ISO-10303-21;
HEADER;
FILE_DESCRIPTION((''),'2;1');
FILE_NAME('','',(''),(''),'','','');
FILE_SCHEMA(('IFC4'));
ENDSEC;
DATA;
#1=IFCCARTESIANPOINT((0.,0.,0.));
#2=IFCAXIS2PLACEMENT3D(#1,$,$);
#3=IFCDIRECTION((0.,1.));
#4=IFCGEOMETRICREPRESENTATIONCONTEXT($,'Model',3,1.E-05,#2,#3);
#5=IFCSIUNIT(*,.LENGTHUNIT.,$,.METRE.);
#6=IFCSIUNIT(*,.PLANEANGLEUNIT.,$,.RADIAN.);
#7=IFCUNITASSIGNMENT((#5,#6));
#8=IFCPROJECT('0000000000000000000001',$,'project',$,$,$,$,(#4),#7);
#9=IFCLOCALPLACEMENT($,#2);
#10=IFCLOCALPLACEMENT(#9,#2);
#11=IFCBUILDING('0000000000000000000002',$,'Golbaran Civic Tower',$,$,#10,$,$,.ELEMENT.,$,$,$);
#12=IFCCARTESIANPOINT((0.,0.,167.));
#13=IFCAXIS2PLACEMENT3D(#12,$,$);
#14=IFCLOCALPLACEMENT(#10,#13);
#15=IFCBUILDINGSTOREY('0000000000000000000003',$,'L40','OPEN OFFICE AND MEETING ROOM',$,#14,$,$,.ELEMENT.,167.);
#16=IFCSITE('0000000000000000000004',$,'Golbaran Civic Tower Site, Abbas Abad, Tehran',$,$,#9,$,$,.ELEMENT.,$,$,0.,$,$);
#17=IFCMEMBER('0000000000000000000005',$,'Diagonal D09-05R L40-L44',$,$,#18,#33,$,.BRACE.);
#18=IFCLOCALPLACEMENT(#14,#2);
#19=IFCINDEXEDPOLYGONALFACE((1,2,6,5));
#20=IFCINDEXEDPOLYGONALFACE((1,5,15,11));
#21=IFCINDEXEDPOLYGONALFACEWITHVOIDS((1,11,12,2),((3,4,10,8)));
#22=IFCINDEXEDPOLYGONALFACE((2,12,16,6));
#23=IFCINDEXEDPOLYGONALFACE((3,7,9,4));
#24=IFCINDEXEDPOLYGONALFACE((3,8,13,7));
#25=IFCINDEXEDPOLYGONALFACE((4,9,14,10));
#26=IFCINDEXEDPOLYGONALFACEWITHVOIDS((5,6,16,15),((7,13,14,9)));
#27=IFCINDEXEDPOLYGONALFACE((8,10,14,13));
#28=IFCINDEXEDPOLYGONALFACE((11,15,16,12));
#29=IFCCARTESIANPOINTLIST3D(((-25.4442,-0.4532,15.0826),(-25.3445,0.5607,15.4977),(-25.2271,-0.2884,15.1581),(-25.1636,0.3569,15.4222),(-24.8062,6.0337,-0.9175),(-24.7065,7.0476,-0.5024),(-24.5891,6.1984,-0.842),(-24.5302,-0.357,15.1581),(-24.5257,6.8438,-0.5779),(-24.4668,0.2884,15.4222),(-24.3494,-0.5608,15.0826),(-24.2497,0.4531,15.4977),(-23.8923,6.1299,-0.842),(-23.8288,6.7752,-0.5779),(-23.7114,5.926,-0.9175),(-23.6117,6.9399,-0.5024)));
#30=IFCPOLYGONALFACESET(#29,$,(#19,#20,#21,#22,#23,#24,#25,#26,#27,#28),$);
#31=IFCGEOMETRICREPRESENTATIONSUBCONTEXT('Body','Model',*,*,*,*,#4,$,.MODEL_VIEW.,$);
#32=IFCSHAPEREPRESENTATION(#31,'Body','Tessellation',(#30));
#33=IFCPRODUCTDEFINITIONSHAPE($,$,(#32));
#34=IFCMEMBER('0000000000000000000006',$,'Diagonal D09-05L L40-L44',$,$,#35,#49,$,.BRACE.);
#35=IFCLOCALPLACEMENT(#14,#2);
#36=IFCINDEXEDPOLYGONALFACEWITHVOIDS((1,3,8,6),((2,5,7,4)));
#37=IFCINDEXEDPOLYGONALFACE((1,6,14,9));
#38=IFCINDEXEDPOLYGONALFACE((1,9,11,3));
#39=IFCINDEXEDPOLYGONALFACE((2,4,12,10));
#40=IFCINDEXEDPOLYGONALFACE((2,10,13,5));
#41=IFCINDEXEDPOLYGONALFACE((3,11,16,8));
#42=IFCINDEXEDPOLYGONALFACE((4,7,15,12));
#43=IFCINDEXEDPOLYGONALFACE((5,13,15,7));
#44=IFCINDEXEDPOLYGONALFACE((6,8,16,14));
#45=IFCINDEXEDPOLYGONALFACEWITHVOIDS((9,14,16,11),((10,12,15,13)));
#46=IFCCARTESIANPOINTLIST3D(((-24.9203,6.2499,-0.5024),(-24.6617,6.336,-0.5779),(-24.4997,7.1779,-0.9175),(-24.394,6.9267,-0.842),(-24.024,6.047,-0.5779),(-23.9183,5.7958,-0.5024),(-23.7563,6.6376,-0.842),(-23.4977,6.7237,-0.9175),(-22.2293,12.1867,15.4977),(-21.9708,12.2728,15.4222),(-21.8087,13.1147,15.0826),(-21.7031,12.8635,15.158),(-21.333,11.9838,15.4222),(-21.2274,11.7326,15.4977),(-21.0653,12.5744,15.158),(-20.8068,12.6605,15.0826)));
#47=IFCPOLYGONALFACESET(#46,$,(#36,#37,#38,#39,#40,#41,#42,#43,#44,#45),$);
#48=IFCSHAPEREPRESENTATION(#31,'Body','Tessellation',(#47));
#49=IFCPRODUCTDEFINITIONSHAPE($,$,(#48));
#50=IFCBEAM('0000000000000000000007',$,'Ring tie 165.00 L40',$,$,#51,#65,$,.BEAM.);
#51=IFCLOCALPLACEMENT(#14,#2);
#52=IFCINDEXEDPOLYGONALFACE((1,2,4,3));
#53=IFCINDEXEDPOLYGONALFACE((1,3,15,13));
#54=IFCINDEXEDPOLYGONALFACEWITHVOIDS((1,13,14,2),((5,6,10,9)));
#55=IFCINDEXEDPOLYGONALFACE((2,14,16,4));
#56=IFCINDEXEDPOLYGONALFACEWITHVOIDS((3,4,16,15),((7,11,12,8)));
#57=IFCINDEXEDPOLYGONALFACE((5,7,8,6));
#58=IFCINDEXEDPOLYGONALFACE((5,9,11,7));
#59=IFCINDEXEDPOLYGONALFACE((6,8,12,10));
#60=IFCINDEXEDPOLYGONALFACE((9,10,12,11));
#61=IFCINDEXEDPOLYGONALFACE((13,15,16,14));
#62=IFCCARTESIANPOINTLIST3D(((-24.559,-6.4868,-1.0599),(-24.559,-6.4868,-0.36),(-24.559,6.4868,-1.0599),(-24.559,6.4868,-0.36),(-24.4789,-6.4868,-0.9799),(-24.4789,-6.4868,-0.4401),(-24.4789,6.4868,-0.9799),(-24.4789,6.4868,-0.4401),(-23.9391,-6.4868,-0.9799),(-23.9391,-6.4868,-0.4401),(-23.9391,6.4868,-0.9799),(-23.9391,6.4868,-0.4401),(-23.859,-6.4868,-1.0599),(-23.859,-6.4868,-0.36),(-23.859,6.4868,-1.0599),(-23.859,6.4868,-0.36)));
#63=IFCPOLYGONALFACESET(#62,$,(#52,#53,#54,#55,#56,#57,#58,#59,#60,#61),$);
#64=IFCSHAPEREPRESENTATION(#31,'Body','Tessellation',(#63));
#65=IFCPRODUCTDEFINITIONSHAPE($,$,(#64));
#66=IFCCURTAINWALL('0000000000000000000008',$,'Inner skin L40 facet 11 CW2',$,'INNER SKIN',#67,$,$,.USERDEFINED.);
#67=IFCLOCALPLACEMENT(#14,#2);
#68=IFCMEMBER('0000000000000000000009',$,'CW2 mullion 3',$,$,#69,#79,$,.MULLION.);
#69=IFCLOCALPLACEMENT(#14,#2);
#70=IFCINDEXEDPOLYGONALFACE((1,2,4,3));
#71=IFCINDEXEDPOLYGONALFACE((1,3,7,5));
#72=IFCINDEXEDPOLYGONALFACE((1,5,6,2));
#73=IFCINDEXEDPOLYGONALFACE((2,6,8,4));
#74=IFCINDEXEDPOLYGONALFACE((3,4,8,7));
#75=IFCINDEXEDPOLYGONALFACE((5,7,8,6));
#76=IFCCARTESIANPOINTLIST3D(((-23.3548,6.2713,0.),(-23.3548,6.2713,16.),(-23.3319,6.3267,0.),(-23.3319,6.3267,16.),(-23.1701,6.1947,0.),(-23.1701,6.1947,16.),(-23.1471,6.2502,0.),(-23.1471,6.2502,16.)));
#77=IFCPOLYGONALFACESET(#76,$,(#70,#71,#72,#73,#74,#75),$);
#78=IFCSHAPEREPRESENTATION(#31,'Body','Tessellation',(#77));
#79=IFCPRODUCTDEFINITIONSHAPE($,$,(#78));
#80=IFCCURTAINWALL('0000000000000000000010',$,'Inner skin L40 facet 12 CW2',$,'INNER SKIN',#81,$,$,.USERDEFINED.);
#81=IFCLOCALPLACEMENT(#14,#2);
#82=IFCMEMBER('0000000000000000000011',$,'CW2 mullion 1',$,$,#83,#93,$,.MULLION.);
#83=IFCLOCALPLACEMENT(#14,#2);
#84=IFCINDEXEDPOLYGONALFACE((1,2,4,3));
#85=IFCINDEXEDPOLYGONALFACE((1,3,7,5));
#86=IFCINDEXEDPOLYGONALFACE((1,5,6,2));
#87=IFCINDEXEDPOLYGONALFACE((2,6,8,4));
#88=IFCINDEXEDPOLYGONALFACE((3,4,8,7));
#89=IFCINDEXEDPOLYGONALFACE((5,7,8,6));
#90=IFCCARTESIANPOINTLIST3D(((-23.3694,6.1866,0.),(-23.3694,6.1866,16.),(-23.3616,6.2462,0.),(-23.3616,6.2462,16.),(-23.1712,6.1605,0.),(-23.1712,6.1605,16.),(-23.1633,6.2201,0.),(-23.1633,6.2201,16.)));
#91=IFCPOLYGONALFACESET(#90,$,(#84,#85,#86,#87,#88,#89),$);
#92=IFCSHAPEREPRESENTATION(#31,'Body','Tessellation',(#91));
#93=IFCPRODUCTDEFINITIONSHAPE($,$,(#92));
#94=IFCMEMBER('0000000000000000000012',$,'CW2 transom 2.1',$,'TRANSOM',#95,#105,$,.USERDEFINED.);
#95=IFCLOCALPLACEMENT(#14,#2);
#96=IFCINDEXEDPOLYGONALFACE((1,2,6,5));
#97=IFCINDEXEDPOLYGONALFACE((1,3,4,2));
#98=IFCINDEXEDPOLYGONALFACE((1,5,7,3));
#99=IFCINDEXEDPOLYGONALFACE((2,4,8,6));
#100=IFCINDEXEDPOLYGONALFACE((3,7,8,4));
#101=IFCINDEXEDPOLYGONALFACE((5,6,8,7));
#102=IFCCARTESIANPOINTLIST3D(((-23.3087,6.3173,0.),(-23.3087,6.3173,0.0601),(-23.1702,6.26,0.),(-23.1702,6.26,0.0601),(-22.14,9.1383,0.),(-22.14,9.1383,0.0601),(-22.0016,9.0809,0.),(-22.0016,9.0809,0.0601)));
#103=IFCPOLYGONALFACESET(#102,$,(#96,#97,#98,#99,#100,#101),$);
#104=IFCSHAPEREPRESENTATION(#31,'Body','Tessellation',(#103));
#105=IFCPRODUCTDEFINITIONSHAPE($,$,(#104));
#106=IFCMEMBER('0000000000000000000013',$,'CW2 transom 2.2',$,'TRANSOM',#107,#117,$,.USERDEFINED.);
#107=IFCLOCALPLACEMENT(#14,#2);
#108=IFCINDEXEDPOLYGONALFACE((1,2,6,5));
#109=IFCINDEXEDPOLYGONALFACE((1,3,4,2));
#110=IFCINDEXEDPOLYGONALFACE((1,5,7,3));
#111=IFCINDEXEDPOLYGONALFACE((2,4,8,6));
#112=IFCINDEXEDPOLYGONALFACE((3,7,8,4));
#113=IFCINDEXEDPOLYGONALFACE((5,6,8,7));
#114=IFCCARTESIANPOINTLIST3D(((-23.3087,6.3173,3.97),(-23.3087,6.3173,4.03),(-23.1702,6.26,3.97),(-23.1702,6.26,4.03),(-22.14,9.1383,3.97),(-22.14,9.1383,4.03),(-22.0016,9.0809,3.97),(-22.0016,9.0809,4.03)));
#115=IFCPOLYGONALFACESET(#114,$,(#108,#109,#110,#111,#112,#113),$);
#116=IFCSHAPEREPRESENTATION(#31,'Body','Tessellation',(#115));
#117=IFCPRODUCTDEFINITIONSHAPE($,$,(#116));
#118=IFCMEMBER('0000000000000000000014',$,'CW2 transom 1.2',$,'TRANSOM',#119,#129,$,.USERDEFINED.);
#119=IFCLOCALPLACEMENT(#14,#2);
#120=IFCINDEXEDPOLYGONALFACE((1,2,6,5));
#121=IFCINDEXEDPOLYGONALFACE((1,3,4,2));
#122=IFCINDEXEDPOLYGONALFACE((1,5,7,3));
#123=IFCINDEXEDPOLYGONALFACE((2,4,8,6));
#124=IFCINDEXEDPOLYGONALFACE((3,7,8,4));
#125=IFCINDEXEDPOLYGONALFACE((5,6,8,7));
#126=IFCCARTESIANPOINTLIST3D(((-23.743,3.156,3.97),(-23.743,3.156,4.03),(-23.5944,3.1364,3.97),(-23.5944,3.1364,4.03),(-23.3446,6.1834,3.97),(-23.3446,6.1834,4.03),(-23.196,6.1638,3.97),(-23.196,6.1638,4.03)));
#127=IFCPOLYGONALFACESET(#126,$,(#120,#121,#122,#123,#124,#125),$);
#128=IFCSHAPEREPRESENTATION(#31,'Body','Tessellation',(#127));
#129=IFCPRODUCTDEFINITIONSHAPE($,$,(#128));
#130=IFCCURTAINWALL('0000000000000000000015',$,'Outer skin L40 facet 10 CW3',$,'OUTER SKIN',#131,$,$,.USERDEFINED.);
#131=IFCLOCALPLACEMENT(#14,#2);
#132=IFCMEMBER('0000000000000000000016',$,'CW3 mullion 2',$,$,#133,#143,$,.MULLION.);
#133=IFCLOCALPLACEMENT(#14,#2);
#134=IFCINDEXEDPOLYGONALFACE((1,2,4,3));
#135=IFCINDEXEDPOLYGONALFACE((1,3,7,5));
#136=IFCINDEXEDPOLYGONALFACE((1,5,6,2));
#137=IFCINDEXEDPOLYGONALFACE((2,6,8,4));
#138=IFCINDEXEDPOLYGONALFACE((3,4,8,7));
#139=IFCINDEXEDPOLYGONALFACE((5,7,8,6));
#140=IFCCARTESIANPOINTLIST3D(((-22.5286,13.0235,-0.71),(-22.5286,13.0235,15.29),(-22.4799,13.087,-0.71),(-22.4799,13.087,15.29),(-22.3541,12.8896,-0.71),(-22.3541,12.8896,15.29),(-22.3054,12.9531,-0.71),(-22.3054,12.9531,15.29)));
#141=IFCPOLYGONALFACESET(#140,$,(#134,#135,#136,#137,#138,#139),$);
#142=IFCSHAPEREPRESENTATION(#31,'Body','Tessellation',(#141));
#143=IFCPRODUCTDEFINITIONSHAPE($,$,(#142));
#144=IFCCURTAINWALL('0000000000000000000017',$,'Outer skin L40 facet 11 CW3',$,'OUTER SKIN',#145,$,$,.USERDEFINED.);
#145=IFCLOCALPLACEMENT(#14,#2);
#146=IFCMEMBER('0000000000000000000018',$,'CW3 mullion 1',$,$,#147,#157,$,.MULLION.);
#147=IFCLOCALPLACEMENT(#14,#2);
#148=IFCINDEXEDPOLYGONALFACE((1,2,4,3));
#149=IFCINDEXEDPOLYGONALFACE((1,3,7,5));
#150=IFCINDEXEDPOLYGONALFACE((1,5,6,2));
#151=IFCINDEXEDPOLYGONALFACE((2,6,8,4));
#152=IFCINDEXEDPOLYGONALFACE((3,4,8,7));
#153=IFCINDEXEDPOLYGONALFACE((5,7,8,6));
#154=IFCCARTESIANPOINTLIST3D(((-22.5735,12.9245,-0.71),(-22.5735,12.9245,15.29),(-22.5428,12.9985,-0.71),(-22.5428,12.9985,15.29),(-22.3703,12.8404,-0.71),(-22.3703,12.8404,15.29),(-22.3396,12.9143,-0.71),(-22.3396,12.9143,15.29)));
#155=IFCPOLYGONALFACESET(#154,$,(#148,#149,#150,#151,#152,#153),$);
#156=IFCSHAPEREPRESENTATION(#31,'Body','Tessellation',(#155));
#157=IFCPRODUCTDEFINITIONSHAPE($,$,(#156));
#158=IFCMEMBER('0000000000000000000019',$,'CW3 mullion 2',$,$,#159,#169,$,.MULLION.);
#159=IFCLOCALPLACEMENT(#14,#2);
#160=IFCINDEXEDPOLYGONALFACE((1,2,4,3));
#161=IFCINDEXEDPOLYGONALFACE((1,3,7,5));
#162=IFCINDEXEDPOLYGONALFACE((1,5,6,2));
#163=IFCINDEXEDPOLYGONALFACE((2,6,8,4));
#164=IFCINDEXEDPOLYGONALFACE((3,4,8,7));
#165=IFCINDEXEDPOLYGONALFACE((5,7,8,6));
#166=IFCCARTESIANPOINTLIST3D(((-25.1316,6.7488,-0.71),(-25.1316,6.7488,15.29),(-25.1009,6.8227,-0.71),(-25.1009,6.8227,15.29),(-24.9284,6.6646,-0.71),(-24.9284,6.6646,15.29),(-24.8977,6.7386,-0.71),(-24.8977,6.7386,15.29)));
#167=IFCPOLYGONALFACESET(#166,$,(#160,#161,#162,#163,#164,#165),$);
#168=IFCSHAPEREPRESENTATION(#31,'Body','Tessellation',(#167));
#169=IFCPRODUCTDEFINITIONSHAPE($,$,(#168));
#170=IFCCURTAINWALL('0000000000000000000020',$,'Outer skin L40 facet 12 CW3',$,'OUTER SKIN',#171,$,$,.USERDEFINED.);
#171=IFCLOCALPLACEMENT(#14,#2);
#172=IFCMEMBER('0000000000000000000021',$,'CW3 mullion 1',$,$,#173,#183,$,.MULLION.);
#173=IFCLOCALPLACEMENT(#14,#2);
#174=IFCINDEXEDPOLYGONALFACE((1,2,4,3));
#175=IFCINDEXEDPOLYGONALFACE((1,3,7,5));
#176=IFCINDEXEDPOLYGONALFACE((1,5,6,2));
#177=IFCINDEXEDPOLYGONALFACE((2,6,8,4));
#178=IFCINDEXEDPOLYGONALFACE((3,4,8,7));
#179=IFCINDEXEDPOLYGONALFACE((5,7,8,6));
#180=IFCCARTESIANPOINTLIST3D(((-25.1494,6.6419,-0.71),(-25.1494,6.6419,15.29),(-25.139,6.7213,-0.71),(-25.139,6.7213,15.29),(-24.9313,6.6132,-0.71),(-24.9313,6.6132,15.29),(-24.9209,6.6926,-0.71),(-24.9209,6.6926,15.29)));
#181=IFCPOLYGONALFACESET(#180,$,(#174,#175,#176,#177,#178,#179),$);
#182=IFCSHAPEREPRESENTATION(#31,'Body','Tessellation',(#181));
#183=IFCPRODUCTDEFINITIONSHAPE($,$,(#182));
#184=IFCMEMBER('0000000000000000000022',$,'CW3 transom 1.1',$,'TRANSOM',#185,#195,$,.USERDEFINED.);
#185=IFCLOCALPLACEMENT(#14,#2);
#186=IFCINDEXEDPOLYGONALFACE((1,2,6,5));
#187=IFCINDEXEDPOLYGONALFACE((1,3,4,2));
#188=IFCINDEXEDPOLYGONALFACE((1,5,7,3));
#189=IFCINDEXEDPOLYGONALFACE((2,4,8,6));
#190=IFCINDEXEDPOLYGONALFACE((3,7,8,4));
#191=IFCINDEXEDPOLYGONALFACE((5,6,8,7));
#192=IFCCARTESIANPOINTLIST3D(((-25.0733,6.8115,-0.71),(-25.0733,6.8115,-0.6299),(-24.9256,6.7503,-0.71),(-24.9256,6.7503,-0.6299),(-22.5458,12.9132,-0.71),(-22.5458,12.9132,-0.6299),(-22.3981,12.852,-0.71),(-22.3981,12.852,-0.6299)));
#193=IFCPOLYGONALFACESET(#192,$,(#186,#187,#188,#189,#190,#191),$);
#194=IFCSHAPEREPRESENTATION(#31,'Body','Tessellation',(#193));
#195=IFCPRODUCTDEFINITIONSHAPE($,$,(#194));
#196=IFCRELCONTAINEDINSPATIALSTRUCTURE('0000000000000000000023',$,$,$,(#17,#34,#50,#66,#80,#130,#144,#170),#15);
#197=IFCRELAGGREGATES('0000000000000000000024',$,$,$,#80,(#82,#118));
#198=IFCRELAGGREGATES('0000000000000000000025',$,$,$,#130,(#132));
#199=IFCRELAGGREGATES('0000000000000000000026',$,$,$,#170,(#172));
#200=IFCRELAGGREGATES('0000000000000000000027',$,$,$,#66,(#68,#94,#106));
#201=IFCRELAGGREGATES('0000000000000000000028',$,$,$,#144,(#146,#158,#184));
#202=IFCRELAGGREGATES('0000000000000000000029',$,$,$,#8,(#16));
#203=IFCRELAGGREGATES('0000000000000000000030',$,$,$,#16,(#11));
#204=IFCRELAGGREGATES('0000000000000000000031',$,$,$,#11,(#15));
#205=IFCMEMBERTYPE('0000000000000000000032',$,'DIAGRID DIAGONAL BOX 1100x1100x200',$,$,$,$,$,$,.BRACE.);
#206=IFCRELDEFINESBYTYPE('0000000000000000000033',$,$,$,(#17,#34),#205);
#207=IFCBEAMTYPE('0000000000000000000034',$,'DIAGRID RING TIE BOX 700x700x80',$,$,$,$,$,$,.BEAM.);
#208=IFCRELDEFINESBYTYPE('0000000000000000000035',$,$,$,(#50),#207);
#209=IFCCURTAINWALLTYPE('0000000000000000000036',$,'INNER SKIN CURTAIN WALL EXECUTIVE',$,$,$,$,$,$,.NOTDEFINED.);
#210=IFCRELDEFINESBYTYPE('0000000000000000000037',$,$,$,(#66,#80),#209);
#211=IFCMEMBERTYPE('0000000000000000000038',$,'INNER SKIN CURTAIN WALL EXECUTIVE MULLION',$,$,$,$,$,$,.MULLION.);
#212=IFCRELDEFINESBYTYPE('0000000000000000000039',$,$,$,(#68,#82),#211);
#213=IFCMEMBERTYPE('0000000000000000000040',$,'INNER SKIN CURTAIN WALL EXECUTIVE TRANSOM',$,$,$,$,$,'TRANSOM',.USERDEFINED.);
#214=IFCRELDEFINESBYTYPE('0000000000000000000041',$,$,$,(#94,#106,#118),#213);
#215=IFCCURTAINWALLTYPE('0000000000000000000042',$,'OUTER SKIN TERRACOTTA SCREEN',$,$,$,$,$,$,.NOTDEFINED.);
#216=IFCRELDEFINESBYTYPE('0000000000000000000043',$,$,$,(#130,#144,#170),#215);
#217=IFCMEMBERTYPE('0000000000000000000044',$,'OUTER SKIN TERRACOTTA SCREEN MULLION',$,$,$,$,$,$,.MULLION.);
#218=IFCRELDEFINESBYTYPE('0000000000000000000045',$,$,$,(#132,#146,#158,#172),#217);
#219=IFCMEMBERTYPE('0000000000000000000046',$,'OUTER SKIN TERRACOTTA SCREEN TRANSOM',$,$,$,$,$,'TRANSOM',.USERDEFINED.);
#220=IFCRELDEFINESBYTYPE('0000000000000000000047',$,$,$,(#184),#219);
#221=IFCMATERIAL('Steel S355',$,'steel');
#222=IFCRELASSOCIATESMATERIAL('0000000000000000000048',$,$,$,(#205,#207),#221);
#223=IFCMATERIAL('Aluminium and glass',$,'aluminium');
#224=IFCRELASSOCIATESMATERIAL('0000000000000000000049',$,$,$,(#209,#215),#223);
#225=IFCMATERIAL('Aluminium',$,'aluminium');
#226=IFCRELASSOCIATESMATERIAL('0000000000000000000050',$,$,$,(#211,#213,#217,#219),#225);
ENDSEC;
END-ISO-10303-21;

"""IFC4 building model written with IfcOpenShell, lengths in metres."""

from ifc_helpers import new_model, si_unit, direction, frame, origin, origin_2d, place, context, subcontext, project, spatial, rectangle, hollow_rectangle, extrude, material, material_profile, profile_set, type_object, element, aggregate, save


model = new_model("IFC4")

# Units and contexts
model_context = context("Model", 3, precision=1e-05, world=origin(), true_north=direction((0.0, 1.0)))
body_context = subcontext(model_context, "Body", "Model", "MODEL_VIEW")
ifc_project = project(units=[si_unit("LENGTHUNIT", "METRE"), si_unit("PLANEANGLEUNIT", "RADIAN")], contexts=[model_context])

# Site, building, storey
site_placement = place(None, origin())
site = spatial("IfcSite", under=ifc_project, at=site_placement, Name="Golbaran Civic Tower Site, Abbas Abad, Tehran", CompositionType="ELEMENT", RefElevation=0.0)
building_placement = place(site_placement, origin())
building = spatial("IfcBuilding", under=site, at=building_placement, Name="Golbaran Civic Tower", CompositionType="ELEMENT")
storey_placement = place(building_placement, frame((0.0, 0.0, 167.0)))
storey = spatial("IfcBuildingStorey", under=building, at=storey_placement, Name="L40", Description="OPEN OFFICE AND MEETING ROOM", CompositionType="ELEMENT", Elevation=167.0)

# Members
ifc_material_1 = material(Name="Steel S355", Category="steel")
ifc_material_profile_1 = material_profile(ifc_material_1, hollow_rectangle(XDim=1.1001, YDim=1.1001, WallThickness=0.2, at=origin_2d()), Name="BOX 1100x1100x200")
ifc_profile_set_1 = profile_set([ifc_material_profile_1], Name="Steel S355")
member_type_1 = type_object("IfcMemberType", Name="DIAGRID DIAGONAL BOX 1100x1100x200", PredefinedType="BRACE", material=ifc_profile_set_1)
for number, where, z_axis, x_axis, name in (
    (1, (-24.209, 6.4868, -0.71), (-0.036925, -0.375465, 0.926101), (0.995199, -0.097872, 0.0), "Diagonal D09-05R L40-L44"),
    (2, (-24.209, 6.4868, -0.71), (0.155754, 0.343627, 0.9261), (-0.910806, 0.412835, 0.0), "Diagonal D09-05L L40-L44"),
):
    element("IfcMember", number, at=place(storey_placement, frame(where, z_axis=z_axis, x_axis=x_axis)), inside=storey, type_object=member_type_1, Name=name, PredefinedType="BRACE", context=body_context, shape_type="SweptSolid", body=[
        extrude(hollow_rectangle(XDim=1.1001, YDim=1.1001, WallThickness=0.2, at=origin_2d()), origin(), (0.0, 0.0, 1.0), 17.2769),
    ])

# Beam
ifc_material_profile_2 = material_profile(ifc_material_1, hollow_rectangle(XDim=0.7, YDim=0.7, WallThickness=0.0801, at=origin_2d()), Name="BOX 700x700x80")
ifc_profile_set_2 = profile_set([ifc_material_profile_2], Name="Steel S355")
beam_type = type_object("IfcBeamType", Name="DIAGRID RING TIE BOX 700x700x80", PredefinedType="BEAM", material=ifc_profile_set_2)
beam_placement = place(storey_placement, frame((-24.209, 6.4868, -0.71), z_axis=(0.0, -1.0, 0.0), x_axis=(1.0, 0.0, 0.0)))
element("IfcBeam", 3, at=beam_placement, inside=storey, type_object=beam_type, Name="Ring tie 165.00 L40", PredefinedType="BEAM", context=body_context, shape_type="SweptSolid", body=[
    extrude(hollow_rectangle(XDim=0.7, YDim=0.7, WallThickness=0.0801, at=origin_2d()), origin(), (0.0, 0.0, 1.0), 12.9736),
])

# Curtain walls, members
ifc_material_2 = material(Name="Aluminium and glass", Category="aluminium")
curtain_wall_type_1 = type_object("IfcCurtainWallType", Name="INNER SKIN CURTAIN WALL EXECUTIVE", PredefinedType="NOTDEFINED", material=ifc_material_2)
curtain_wall_1_placement = place(storey_placement, origin())
curtain_wall_1 = element("IfcCurtainWall", 4, at=curtain_wall_1_placement, inside=storey, type_object=curtain_wall_type_1, Name="Inner skin L40 facet 11 CW2", ObjectType="INNER SKIN", PredefinedType="USERDEFINED")
ifc_material_3 = material(Name="Aluminium", Category="aluminium")
ifc_material_profile_3 = material_profile(ifc_material_3, rectangle(XDim=0.2, YDim=0.0601, at=origin_2d()), Name="INNER SKIN CURTAIN WALL EXECUTIVE MULLION")
ifc_profile_set_3 = profile_set([ifc_material_profile_3], Name="Aluminium")
member_type_2 = type_object("IfcMemberType", Name="INNER SKIN CURTAIN WALL EXECUTIVE MULLION", PredefinedType="MULLION", material=ifc_profile_set_3)
member_1_placement = place(storey_placement, frame((-23.251, 6.2607, 0.0), z_axis=(0.0, 0.0, 1.0), x_axis=(0.92388, -0.382683, 0.0)))
member_1 = element("IfcMember", 5, at=member_1_placement, type_object=member_type_2, Name="CW2 mullion 3", PredefinedType="MULLION", context=body_context, shape_type="SweptSolid", body=[
    extrude(rectangle(XDim=0.2, YDim=0.0601, at=origin_2d()), origin(), (0.0, 0.0, 1.0), 16.0),
])
curtain_wall_2_placement = place(storey_placement, origin())
curtain_wall_2 = element("IfcCurtainWall", 6, at=curtain_wall_2_placement, inside=storey, type_object=curtain_wall_type_1, Name="Inner skin L40 facet 12 CW2", ObjectType="INNER SKIN", PredefinedType="USERDEFINED")
member_2_placement = place(storey_placement, frame((-23.2664, 6.2034, 0.0), z_axis=(0.0, 0.0, 1.0), x_axis=(0.991445, -0.130526, 0.0)))
member_2 = element("IfcMember", 7, at=member_2_placement, type_object=member_type_2, Name="CW2 mullion 1", PredefinedType="MULLION", context=body_context, shape_type="SweptSolid", body=[
    extrude(rectangle(XDim=0.2, YDim=0.0601, at=origin_2d()), origin(), (0.0, 0.0, 1.0), 16.0),
])

# Members
ifc_material_profile_4 = material_profile(ifc_material_3, rectangle(XDim=0.1499, YDim=0.0601, at=origin_2d()), Name="INNER SKIN CURTAIN WALL EXECUTIVE TRANSOM")
ifc_profile_set_4 = profile_set([ifc_material_profile_4], Name="Aluminium")
member_type_3 = type_object("IfcMemberType", Name="INNER SKIN CURTAIN WALL EXECUTIVE TRANSOM", ElementType="TRANSOM", PredefinedType="USERDEFINED", material=ifc_profile_set_4)
member_3_placement = place(storey_placement, frame((-22.0708, 9.1096, 0.03), z_axis=(-0.382735, -0.923858, 0.0), x_axis=(0.923858, -0.382735, 0.0)))
member_3 = element("IfcMember", 8, at=member_3_placement, type_object=member_type_3, Name="CW2 transom 2.1", ObjectType="TRANSOM", PredefinedType="USERDEFINED", context=body_context, shape_type="SweptSolid", body=[
    extrude(rectangle(XDim=0.1499, YDim=0.0601, at=origin_2d()), origin(), (0.0, 0.0, 1.0), 3.0535),
])
member_4_placement = place(storey_placement, frame((-22.0708, 9.1096, 4.0), z_axis=(-0.382735, -0.923858, 0.0), x_axis=(0.923858, -0.382735, 0.0)))
member_4 = element("IfcMember", 9, at=member_4_placement, type_object=member_type_3, Name="CW2 transom 2.2", ObjectType="TRANSOM", PredefinedType="USERDEFINED", context=body_context, shape_type="SweptSolid", body=[
    extrude(rectangle(XDim=0.1499, YDim=0.0601, at=origin_2d()), origin(), (0.0, 0.0, 1.0), 3.0535),
])
member_5_placement = place(storey_placement, frame((-23.2703, 6.1736, 4.0), z_axis=(-0.130488, -0.99145, 0.0), x_axis=(0.99145, -0.130488, 0.0)))
member_5 = element("IfcMember", 10, at=member_5_placement, type_object=member_type_3, Name="CW2 transom 1.2", ObjectType="TRANSOM", PredefinedType="USERDEFINED", context=body_context, shape_type="SweptSolid", body=[
    extrude(rectangle(XDim=0.1499, YDim=0.0601, at=origin_2d()), origin(), (0.0, 0.0, 1.0), 3.0535),
])
aggregate(curtain_wall_2, [member_2, member_5])

# Curtain wall, member
curtain_wall_type_2 = type_object("IfcCurtainWallType", Name="OUTER SKIN TERRACOTTA SCREEN", PredefinedType="NOTDEFINED", material=ifc_material_2)
curtain_wall_3_placement = place(storey_placement, origin())
curtain_wall_3 = element("IfcCurtainWall", 11, at=curtain_wall_3_placement, inside=storey, type_object=curtain_wall_type_2, Name="Outer skin L40 facet 10 CW3", ObjectType="OUTER SKIN", PredefinedType="USERDEFINED")
ifc_material_profile_5 = material_profile(ifc_material_3, rectangle(XDim=0.22, YDim=0.0801, at=origin_2d()), Name="OUTER SKIN TERRACOTTA SCREEN MULLION")
ifc_profile_set_5 = profile_set([ifc_material_profile_5], Name="Aluminium")
member_type_4 = type_object("IfcMemberType", Name="OUTER SKIN TERRACOTTA SCREEN MULLION", PredefinedType="MULLION", material=ifc_profile_set_5)
member_6_placement = place(storey_placement, frame((-22.417, 12.9883, -0.71), z_axis=(0.0, 0.0, 1.0), x_axis=(0.793353, -0.608761, 0.0)))
member_6 = element("IfcMember", 12, at=member_6_placement, type_object=member_type_4, Name="CW3 mullion 2", PredefinedType="MULLION", context=body_context, shape_type="SweptSolid", body=[
    extrude(rectangle(XDim=0.22, YDim=0.0801, at=origin_2d()), origin(), (0.0, 0.0, 1.0), 16.0),
])
aggregate(curtain_wall_3, [member_6])

# Curtain wall, members
curtain_wall_4_placement = place(storey_placement, origin())
curtain_wall_4 = element("IfcCurtainWall", 13, at=curtain_wall_4_placement, inside=storey, type_object=curtain_wall_type_2, Name="Outer skin L40 facet 11 CW3", ObjectType="OUTER SKIN", PredefinedType="USERDEFINED")
member_7_placement = place(storey_placement, frame((-22.4565, 12.9194, -0.71), z_axis=(0.0, 0.0, 1.0), x_axis=(0.92388, -0.382683, 0.0)))
member_7 = element("IfcMember", 14, at=member_7_placement, type_object=member_type_4, Name="CW3 mullion 1", PredefinedType="MULLION", context=body_context, shape_type="SweptSolid", body=[
    extrude(rectangle(XDim=0.22, YDim=0.0801, at=origin_2d()), origin(), (0.0, 0.0, 1.0), 16.0),
])
member_8_placement = place(storey_placement, frame((-25.0146, 6.7437, -0.71), z_axis=(0.0, 0.0, 1.0), x_axis=(0.92388, -0.382683, 0.0)))
member_8 = element("IfcMember", 15, at=member_8_placement, type_object=member_type_4, Name="CW3 mullion 2", PredefinedType="MULLION", context=body_context, shape_type="SweptSolid", body=[
    extrude(rectangle(XDim=0.22, YDim=0.0801, at=origin_2d()), origin(), (0.0, 0.0, 1.0), 16.0),
])

# Curtain wall, member
curtain_wall_5_placement = place(storey_placement, origin())
curtain_wall_5 = element("IfcCurtainWall", 16, at=curtain_wall_5_placement, inside=storey, type_object=curtain_wall_type_2, Name="Outer skin L40 facet 12 CW3", ObjectType="OUTER SKIN", PredefinedType="USERDEFINED")
member_9_placement = place(storey_placement, frame((-25.0352, 6.6672, -0.71), z_axis=(0.0, 0.0, 1.0), x_axis=(0.991445, -0.130526, 0.0)))
member_9 = element("IfcMember", 17, at=member_9_placement, type_object=member_type_4, Name="CW3 mullion 1", PredefinedType="MULLION", context=body_context, shape_type="SweptSolid", body=[
    extrude(rectangle(XDim=0.22, YDim=0.0801, at=origin_2d()), origin(), (0.0, 0.0, 1.0), 16.0),
])

# Member
ifc_material_profile_6 = material_profile(ifc_material_3, rectangle(XDim=0.1599, YDim=0.0801, at=origin_2d()), Name="OUTER SKIN TERRACOTTA SCREEN TRANSOM")
ifc_profile_set_6 = profile_set([ifc_material_profile_6], Name="Aluminium")
member_type_5 = type_object("IfcMemberType", Name="OUTER SKIN TERRACOTTA SCREEN TRANSOM", ElementType="TRANSOM", PredefinedType="USERDEFINED", material=ifc_profile_set_6)
member_10_placement = place(storey_placement, frame((-22.4719, 12.8826, -0.6699), z_axis=(-0.382701, -0.923872, 0.0), x_axis=(0.923872, -0.382701, 0.0)))
member_10 = element("IfcMember", 18, at=member_10_placement, type_object=member_type_5, Name="CW3 transom 1.1", ObjectType="TRANSOM", PredefinedType="USERDEFINED", context=body_context, shape_type="SweptSolid", body=[
    extrude(rectangle(XDim=0.1599, YDim=0.0801, at=origin_2d()), origin(), (0.0, 0.0, 1.0), 6.6045),
])
aggregate(curtain_wall_5, [member_9])

aggregate(curtain_wall_1, [member_1, member_3, member_4])
aggregate(curtain_wall_4, [member_7, member_8, member_10])

save(model, "model.ifc")
